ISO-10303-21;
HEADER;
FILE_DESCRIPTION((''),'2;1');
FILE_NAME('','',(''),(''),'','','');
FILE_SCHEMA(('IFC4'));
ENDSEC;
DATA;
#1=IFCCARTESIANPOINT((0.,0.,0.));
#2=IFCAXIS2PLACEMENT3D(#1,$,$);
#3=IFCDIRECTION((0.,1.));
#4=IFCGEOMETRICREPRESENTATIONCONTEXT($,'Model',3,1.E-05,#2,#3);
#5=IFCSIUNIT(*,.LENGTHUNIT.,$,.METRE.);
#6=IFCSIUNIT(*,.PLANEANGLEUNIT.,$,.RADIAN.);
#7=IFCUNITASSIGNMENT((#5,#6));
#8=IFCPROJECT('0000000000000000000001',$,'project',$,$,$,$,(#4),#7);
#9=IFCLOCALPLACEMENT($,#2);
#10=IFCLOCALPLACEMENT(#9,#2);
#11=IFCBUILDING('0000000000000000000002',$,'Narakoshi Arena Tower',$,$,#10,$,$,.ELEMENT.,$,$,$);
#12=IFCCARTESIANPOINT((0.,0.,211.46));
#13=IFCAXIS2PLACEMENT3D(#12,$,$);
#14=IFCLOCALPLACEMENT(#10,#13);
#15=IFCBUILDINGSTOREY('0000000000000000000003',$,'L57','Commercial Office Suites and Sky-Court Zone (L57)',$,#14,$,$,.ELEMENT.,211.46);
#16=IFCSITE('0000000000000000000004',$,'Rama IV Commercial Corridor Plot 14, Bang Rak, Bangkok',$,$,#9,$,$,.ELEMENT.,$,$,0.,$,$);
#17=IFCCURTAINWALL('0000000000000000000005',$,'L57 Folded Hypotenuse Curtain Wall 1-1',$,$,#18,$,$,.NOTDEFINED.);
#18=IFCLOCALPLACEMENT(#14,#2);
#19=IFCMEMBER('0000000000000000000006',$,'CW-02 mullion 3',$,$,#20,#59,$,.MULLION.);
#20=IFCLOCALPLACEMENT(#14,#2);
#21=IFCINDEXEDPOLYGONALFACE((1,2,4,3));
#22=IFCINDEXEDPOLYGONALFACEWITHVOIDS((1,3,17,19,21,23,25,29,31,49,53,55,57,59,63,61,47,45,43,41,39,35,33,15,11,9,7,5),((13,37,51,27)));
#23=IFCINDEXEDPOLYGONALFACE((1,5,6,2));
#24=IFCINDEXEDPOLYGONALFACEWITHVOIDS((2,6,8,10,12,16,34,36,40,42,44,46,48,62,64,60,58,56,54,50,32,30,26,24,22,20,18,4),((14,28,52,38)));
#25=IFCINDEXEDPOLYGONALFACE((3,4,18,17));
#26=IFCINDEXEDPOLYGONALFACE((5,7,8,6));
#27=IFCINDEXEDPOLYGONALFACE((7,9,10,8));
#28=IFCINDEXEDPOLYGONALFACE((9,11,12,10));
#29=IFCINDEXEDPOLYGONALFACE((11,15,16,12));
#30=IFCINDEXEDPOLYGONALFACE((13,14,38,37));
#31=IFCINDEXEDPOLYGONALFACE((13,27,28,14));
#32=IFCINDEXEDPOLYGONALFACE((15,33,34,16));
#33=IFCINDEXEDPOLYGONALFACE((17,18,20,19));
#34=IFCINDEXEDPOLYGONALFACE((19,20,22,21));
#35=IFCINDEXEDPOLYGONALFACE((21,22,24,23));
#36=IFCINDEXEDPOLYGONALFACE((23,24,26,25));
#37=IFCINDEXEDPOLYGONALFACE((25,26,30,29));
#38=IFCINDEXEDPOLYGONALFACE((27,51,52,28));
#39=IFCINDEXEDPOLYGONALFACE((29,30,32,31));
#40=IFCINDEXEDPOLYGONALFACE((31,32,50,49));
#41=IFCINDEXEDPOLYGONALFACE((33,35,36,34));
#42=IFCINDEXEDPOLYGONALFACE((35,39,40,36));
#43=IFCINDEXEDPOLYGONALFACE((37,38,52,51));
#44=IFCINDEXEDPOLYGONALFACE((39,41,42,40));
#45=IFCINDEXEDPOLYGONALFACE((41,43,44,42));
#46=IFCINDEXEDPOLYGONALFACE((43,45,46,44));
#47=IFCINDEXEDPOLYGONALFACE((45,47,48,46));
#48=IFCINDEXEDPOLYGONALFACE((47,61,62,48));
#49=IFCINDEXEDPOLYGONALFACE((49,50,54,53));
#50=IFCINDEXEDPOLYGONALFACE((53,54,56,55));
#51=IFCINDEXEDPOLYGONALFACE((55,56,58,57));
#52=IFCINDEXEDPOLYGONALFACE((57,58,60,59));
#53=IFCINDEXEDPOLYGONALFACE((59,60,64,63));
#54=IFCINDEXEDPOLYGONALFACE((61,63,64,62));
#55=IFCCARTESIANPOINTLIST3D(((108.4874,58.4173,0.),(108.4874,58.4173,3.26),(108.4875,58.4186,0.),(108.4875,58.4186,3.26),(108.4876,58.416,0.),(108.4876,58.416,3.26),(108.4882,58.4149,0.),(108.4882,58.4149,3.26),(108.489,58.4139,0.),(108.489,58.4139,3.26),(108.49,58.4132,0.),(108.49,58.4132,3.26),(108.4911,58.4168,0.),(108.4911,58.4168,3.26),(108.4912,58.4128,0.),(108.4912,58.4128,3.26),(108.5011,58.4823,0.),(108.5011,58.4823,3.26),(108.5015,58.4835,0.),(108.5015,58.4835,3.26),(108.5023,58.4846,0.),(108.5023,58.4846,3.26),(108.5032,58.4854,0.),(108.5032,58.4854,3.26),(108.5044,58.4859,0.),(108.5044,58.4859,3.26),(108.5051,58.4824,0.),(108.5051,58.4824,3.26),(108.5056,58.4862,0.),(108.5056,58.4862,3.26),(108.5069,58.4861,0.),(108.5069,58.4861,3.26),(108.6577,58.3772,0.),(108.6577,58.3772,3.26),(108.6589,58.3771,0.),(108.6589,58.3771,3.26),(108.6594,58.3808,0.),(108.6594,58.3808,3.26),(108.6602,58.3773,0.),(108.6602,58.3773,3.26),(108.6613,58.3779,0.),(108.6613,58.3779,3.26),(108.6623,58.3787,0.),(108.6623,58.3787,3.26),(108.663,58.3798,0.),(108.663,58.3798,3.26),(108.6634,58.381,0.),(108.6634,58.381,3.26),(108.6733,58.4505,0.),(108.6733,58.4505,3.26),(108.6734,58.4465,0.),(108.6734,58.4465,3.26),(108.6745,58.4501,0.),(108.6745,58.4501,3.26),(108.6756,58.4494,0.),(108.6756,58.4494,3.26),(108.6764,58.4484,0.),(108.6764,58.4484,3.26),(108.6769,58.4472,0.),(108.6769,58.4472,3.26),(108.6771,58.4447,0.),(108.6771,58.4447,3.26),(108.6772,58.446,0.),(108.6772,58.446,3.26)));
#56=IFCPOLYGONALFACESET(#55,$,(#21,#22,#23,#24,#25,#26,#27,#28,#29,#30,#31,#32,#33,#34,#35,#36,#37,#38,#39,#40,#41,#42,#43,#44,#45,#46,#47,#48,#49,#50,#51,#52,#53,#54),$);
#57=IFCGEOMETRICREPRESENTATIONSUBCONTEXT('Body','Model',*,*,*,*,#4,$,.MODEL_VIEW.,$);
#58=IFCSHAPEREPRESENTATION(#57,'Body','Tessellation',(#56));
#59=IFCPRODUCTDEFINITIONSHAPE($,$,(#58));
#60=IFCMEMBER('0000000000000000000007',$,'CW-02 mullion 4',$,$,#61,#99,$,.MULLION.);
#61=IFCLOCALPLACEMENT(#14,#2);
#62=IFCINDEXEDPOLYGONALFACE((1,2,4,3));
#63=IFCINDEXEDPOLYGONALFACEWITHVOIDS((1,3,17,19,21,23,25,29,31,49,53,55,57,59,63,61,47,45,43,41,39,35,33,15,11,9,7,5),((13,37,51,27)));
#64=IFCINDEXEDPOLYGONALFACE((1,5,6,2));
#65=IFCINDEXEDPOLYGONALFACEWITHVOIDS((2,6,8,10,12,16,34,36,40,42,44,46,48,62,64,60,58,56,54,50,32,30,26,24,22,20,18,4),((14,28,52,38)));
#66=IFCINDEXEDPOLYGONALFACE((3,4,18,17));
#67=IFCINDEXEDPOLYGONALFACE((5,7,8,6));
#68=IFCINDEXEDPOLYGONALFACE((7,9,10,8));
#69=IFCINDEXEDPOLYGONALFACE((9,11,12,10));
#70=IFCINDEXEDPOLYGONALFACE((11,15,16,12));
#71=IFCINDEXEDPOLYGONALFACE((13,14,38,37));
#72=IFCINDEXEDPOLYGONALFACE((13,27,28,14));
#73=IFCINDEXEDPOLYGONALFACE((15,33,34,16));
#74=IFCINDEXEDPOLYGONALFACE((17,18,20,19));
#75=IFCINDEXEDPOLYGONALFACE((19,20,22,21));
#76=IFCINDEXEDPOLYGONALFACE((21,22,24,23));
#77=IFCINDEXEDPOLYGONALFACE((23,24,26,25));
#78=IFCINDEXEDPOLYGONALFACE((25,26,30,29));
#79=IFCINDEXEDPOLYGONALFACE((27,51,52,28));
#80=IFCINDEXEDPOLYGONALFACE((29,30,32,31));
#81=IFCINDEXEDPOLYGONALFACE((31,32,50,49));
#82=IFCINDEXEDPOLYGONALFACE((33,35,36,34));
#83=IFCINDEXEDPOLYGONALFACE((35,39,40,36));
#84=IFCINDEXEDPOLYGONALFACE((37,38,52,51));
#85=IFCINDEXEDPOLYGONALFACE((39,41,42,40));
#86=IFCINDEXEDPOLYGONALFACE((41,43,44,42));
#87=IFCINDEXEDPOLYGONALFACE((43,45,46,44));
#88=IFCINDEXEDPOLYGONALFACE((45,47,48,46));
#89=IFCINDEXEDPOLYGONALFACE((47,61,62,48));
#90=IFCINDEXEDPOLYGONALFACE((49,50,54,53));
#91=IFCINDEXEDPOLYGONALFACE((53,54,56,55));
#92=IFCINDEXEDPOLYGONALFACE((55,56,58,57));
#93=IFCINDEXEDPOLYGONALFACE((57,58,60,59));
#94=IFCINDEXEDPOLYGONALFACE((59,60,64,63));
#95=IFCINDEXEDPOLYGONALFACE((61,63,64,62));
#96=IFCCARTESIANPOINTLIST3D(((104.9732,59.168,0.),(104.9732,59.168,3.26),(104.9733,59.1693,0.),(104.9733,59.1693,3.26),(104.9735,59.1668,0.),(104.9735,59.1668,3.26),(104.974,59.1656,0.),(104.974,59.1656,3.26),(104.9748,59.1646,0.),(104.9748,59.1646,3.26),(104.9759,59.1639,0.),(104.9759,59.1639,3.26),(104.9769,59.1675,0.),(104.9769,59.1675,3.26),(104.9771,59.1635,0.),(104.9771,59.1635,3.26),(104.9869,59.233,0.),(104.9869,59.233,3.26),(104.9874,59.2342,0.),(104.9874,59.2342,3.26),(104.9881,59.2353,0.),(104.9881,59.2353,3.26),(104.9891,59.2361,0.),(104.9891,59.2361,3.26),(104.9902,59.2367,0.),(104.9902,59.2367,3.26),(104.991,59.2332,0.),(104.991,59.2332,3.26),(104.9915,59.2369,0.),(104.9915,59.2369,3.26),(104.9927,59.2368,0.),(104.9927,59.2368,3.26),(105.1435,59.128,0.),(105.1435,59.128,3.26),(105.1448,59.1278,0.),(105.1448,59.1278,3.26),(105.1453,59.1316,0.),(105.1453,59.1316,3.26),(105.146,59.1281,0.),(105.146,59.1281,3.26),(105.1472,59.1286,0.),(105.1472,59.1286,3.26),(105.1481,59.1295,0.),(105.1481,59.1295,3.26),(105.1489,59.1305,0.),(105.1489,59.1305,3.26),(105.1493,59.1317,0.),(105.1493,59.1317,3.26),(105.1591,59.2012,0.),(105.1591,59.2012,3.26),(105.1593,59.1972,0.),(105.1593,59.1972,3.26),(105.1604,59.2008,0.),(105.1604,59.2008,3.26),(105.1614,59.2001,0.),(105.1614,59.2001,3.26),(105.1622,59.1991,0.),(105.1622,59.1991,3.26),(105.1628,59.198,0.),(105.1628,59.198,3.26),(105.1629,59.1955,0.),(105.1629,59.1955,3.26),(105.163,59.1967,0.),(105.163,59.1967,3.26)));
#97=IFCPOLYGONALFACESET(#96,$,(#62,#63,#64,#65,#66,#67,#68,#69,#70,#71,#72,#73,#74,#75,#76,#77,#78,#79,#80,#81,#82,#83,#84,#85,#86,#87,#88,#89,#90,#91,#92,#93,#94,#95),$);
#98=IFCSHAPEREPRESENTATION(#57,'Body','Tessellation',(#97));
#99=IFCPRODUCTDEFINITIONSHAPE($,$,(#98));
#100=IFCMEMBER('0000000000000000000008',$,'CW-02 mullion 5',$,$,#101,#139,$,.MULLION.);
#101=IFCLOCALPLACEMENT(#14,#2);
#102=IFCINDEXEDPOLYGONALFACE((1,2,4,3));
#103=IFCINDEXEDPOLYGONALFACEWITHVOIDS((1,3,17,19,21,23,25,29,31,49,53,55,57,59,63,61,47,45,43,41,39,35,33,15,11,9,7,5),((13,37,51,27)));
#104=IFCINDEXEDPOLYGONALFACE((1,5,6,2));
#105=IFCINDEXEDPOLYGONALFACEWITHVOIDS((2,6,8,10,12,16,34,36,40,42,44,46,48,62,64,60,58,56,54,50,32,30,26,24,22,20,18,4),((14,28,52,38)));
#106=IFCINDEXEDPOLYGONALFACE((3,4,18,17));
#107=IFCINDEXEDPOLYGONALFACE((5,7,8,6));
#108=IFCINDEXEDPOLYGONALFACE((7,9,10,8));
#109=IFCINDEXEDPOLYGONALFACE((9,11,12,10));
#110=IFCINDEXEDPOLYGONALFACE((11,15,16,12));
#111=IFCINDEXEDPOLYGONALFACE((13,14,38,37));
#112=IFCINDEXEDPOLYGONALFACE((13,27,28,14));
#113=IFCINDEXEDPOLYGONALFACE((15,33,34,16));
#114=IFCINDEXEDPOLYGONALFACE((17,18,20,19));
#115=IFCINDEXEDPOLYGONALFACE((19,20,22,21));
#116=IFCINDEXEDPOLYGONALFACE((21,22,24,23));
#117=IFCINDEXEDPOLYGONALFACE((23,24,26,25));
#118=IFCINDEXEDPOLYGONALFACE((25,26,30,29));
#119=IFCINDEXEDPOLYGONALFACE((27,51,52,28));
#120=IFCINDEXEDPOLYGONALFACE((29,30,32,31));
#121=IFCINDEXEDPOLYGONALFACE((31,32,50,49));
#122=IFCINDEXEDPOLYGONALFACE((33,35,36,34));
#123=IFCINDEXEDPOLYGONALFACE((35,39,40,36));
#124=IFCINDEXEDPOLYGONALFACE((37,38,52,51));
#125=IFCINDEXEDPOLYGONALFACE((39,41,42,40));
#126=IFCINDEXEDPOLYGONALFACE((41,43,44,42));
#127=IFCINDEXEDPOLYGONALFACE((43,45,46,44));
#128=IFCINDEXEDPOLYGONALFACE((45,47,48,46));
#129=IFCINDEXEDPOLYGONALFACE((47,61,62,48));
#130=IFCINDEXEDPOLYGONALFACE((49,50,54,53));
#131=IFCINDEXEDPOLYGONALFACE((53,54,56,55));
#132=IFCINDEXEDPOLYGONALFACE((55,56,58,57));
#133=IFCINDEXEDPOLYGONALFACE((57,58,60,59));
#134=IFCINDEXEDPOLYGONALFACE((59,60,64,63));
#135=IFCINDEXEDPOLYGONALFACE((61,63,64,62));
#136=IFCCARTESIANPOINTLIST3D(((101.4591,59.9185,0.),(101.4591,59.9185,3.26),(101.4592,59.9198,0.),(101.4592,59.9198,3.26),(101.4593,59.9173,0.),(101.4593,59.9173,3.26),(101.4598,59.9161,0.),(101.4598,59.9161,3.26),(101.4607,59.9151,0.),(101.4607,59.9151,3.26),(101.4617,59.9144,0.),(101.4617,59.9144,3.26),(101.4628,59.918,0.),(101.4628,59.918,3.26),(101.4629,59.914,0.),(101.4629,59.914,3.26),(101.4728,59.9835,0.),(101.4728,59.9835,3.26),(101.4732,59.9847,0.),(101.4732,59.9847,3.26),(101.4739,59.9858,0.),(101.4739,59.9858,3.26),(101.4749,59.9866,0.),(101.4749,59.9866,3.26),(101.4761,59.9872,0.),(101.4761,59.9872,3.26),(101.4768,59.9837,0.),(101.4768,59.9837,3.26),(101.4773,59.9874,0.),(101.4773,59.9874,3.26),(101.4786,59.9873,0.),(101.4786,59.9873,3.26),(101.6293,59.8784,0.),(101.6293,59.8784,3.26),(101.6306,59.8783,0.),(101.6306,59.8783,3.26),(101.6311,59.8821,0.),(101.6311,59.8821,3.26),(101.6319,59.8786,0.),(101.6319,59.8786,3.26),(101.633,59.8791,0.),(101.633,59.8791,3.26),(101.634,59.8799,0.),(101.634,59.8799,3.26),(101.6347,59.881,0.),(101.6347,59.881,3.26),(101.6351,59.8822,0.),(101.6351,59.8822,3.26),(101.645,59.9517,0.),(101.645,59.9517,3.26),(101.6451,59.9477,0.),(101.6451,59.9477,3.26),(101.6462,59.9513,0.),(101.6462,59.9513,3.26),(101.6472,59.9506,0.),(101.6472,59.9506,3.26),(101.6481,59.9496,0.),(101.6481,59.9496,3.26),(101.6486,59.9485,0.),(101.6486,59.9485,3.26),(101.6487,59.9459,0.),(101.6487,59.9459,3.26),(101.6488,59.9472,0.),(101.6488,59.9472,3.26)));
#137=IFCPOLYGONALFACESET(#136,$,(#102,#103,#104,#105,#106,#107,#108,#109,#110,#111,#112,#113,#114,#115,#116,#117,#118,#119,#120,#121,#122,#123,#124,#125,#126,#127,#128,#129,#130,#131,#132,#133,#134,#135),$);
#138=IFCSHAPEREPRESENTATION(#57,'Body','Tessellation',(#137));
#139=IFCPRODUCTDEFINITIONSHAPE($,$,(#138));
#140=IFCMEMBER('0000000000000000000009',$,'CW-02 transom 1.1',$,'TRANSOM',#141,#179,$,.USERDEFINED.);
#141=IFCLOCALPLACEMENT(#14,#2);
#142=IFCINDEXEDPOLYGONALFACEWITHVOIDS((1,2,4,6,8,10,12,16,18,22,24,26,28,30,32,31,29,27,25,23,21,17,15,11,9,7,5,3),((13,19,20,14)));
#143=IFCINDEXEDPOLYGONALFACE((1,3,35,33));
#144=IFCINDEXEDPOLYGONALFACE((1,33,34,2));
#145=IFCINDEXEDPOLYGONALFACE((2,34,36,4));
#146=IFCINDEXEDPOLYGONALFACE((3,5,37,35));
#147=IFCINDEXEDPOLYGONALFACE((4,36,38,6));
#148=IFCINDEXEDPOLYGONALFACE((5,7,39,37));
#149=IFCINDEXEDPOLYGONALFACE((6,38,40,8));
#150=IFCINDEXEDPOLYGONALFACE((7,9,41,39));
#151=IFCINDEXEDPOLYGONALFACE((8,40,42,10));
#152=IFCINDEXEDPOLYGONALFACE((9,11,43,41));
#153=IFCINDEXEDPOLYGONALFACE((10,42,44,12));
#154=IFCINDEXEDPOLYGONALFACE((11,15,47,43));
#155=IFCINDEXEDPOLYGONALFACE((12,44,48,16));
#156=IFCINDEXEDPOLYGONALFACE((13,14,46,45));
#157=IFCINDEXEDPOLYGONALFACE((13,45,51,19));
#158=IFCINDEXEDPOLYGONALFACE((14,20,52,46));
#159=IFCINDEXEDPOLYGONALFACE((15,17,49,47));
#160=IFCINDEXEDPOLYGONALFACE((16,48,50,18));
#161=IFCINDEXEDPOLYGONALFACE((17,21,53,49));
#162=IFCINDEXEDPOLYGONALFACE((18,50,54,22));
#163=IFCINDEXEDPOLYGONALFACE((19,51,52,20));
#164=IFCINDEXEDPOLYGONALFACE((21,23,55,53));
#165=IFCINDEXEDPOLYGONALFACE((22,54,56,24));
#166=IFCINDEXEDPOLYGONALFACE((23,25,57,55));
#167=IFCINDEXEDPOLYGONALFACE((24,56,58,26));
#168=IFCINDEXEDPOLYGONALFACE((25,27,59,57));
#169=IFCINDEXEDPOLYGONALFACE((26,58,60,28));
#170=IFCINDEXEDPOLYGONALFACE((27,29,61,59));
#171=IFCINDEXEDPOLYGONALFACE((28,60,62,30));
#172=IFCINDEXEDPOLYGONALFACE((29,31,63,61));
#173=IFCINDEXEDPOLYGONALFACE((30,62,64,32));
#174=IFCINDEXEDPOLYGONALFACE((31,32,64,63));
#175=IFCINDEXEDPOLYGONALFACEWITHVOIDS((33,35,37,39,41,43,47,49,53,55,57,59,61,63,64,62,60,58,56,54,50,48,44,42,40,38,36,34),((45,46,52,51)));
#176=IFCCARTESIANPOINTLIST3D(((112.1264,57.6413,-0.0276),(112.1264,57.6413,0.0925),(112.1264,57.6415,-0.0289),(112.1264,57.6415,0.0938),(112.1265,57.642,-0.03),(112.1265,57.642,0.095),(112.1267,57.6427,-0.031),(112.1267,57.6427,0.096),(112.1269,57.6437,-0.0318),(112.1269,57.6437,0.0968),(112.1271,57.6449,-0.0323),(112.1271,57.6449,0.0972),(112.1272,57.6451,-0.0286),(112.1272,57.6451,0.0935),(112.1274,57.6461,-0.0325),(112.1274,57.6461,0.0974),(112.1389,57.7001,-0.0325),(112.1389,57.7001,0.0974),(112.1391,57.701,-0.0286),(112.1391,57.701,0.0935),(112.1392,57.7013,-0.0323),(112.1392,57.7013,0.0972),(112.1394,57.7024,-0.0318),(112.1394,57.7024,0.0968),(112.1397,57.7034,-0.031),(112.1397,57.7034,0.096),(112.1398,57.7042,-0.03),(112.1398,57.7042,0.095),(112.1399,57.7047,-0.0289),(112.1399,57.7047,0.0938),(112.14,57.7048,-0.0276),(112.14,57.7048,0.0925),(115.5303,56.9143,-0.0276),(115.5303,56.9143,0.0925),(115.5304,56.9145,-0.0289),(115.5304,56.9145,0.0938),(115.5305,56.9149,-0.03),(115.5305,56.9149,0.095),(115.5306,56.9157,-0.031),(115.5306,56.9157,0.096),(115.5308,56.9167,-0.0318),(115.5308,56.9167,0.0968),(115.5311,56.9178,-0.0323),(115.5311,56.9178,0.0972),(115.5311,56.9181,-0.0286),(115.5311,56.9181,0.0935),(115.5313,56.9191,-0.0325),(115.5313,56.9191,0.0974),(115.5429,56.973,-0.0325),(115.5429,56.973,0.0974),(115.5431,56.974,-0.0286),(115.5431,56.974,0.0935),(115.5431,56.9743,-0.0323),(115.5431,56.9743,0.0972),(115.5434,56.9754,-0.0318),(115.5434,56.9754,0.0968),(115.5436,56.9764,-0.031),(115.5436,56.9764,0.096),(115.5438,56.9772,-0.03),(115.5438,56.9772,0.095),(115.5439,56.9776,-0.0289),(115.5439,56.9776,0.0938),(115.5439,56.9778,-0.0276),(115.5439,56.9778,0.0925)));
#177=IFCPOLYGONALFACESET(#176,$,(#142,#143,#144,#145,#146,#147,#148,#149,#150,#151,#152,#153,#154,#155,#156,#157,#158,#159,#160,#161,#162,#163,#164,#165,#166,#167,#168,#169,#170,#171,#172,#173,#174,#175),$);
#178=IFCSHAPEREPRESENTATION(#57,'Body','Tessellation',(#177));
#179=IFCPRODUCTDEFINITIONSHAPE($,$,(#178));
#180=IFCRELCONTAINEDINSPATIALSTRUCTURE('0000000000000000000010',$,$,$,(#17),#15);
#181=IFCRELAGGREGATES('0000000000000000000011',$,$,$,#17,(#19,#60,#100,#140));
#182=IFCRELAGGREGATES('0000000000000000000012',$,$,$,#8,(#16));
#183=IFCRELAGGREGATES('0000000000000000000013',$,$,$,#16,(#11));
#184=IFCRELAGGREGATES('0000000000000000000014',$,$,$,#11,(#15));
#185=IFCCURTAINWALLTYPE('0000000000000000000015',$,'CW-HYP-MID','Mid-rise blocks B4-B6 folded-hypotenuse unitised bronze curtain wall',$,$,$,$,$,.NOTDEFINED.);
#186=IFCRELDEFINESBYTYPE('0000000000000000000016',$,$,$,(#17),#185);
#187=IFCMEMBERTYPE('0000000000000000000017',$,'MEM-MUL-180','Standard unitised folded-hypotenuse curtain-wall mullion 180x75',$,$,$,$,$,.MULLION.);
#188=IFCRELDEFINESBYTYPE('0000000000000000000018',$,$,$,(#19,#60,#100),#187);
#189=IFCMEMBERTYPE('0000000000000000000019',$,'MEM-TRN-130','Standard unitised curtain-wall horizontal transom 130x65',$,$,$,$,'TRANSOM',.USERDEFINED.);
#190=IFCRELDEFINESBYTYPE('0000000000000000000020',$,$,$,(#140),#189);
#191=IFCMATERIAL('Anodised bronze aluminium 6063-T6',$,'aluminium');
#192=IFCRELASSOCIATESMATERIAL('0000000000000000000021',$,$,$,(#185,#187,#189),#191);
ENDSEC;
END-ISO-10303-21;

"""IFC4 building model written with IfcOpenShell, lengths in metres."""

from ifc_helpers import new_model, si_unit, direction, frame, origin, origin_2d, place, context, subcontext, project, spatial, hollow_rectangle, extrude, material, material_profile, profile_set, type_object, element, aggregate, save


model = new_model("IFC4")

# Units and contexts
model_context = context("Model", 3, precision=1e-05, world=origin(), true_north=direction((0.0, 1.0)))
body_context = subcontext(model_context, "Body", "Model", "MODEL_VIEW")
ifc_project = project(units=[si_unit("LENGTHUNIT", "METRE"), si_unit("PLANEANGLEUNIT", "RADIAN")], contexts=[model_context])

# Site, building, storey
site_placement = place(None, origin())
site = spatial("IfcSite", under=ifc_project, at=site_placement, Name="Rama IV Commercial Corridor Plot 14, Bang Rak, Bangkok", CompositionType="ELEMENT", RefElevation=0.0)
building_placement = place(site_placement, origin())
building = spatial("IfcBuilding", under=site, at=building_placement, Name="Narakoshi Arena Tower", CompositionType="ELEMENT")
storey_placement = place(building_placement, frame((0.0, 0.0, 211.46)))
storey = spatial("IfcBuildingStorey", under=building, at=storey_placement, Name="L57", Description="Commercial Office Suites and Sky-Court Zone (L57)", CompositionType="ELEMENT", Elevation=211.46)

# Curtain wall, members
ifc_material_1 = material(Name="Anodised bronze aluminium 6063-T6", Category="aluminium")
curtain_wall_type = type_object("IfcCurtainWallType", Name="CW-HYP-MID", Description="Mid-rise blocks B4-B6 folded-hypotenuse unitised bronze curtain wall", PredefinedType="NOTDEFINED", material=ifc_material_1)
curtain_wall_placement = place(storey_placement, origin())
curtain_wall = element("IfcCurtainWall", 1, at=curtain_wall_placement, inside=storey, type_object=curtain_wall_type, Name="L57 Folded Hypotenuse Curtain Wall 1-1", PredefinedType="NOTDEFINED")
ifc_material_profile_1 = material_profile(ifc_material_1, hollow_rectangle(XDim=0.075, YDim=0.1799, WallThickness=0.0039, OuterFilletRadius=0.0049, at=origin_2d()), Name="MUL180x75x4")
ifc_profile_set_1 = profile_set([ifc_material_profile_1], Name="Anodised bronze aluminium 6063-T6")
member_type_1 = type_object("IfcMemberType", Name="MEM-MUL-180", Description="Standard unitised folded-hypotenuse curtain-wall mullion 180x75", PredefinedType="MULLION", material=ifc_profile_set_1)
member_1_placement = place(storey_placement, frame((108.5823, 58.4316, 0.0), z_axis=(0.0, 0.0, 1.0), x_axis=(-0.208899, -0.977937, 0.0)))
member_1 = element("IfcMember", 2, at=member_1_placement, type_object=member_type_1, Name="CW-02 mullion 3", PredefinedType="MULLION", context=body_context, shape_type="SweptSolid", body=[
    extrude(hollow_rectangle(XDim=0.075, YDim=0.1799, WallThickness=0.0039, OuterFilletRadius=0.0049, at=origin_2d()), origin(), (0.0, 0.0, 1.0), 3.26),
])
member_2_placement = place(storey_placement, frame((105.0681, 59.1824, 0.0), z_axis=(0.0, 0.0, 1.0), x_axis=(-0.208899, -0.977937, 0.0)))
member_2 = element("IfcMember", 3, at=member_2_placement, type_object=member_type_1, Name="CW-02 mullion 4", PredefinedType="MULLION", context=body_context, shape_type="SweptSolid", body=[
    extrude(hollow_rectangle(XDim=0.075, YDim=0.1799, WallThickness=0.0039, OuterFilletRadius=0.0049, at=origin_2d()), origin(), (0.0, 0.0, 1.0), 3.26),
])
member_3_placement = place(storey_placement, frame((101.554, 59.9329, 0.0), z_axis=(0.0, 0.0, 1.0), x_axis=(-0.208899, -0.977937, 0.0)))
member_3 = element("IfcMember", 4, at=member_3_placement, type_object=member_type_1, Name="CW-02 mullion 5", PredefinedType="MULLION", context=body_context, shape_type="SweptSolid", body=[
    extrude(hollow_rectangle(XDim=0.075, YDim=0.1799, WallThickness=0.0039, OuterFilletRadius=0.0049, at=origin_2d()), origin(), (0.0, 0.0, 1.0), 3.26),
])
ifc_material_profile_2 = material_profile(ifc_material_1, hollow_rectangle(XDim=0.0649, YDim=0.1299, WallThickness=0.0039, OuterFilletRadius=0.0049, at=origin_2d()), Name="TRN130x65x4")
ifc_profile_set_2 = profile_set([ifc_material_profile_2], Name="Anodised bronze aluminium 6063-T6")
member_type_2 = type_object("IfcMemberType", Name="MEM-TRN-130", Description="Standard unitised curtain-wall horizontal transom 130x65", ElementType="TRANSOM", PredefinedType="USERDEFINED", material=ifc_profile_set_2)
member_4_placement = place(storey_placement, frame((115.5371, 56.946, 0.0325), z_axis=(-0.977943, 0.208873, 0.0), x_axis=(-0.208873, -0.977943, 0.0)))
member_4 = element("IfcMember", 5, at=member_4_placement, type_object=member_type_2, Name="CW-02 transom 1.1", ObjectType="TRANSOM", PredefinedType="USERDEFINED", context=body_context, shape_type="SweptSolid", body=[
    extrude(hollow_rectangle(XDim=0.0649, YDim=0.1299, WallThickness=0.0039, OuterFilletRadius=0.0049, at=origin_2d()), origin(), (0.0, 0.0, 1.0), 3.4807),
])
aggregate(curtain_wall, [member_1, member_2, member_3, member_4])

save(model, "model.ifc")
